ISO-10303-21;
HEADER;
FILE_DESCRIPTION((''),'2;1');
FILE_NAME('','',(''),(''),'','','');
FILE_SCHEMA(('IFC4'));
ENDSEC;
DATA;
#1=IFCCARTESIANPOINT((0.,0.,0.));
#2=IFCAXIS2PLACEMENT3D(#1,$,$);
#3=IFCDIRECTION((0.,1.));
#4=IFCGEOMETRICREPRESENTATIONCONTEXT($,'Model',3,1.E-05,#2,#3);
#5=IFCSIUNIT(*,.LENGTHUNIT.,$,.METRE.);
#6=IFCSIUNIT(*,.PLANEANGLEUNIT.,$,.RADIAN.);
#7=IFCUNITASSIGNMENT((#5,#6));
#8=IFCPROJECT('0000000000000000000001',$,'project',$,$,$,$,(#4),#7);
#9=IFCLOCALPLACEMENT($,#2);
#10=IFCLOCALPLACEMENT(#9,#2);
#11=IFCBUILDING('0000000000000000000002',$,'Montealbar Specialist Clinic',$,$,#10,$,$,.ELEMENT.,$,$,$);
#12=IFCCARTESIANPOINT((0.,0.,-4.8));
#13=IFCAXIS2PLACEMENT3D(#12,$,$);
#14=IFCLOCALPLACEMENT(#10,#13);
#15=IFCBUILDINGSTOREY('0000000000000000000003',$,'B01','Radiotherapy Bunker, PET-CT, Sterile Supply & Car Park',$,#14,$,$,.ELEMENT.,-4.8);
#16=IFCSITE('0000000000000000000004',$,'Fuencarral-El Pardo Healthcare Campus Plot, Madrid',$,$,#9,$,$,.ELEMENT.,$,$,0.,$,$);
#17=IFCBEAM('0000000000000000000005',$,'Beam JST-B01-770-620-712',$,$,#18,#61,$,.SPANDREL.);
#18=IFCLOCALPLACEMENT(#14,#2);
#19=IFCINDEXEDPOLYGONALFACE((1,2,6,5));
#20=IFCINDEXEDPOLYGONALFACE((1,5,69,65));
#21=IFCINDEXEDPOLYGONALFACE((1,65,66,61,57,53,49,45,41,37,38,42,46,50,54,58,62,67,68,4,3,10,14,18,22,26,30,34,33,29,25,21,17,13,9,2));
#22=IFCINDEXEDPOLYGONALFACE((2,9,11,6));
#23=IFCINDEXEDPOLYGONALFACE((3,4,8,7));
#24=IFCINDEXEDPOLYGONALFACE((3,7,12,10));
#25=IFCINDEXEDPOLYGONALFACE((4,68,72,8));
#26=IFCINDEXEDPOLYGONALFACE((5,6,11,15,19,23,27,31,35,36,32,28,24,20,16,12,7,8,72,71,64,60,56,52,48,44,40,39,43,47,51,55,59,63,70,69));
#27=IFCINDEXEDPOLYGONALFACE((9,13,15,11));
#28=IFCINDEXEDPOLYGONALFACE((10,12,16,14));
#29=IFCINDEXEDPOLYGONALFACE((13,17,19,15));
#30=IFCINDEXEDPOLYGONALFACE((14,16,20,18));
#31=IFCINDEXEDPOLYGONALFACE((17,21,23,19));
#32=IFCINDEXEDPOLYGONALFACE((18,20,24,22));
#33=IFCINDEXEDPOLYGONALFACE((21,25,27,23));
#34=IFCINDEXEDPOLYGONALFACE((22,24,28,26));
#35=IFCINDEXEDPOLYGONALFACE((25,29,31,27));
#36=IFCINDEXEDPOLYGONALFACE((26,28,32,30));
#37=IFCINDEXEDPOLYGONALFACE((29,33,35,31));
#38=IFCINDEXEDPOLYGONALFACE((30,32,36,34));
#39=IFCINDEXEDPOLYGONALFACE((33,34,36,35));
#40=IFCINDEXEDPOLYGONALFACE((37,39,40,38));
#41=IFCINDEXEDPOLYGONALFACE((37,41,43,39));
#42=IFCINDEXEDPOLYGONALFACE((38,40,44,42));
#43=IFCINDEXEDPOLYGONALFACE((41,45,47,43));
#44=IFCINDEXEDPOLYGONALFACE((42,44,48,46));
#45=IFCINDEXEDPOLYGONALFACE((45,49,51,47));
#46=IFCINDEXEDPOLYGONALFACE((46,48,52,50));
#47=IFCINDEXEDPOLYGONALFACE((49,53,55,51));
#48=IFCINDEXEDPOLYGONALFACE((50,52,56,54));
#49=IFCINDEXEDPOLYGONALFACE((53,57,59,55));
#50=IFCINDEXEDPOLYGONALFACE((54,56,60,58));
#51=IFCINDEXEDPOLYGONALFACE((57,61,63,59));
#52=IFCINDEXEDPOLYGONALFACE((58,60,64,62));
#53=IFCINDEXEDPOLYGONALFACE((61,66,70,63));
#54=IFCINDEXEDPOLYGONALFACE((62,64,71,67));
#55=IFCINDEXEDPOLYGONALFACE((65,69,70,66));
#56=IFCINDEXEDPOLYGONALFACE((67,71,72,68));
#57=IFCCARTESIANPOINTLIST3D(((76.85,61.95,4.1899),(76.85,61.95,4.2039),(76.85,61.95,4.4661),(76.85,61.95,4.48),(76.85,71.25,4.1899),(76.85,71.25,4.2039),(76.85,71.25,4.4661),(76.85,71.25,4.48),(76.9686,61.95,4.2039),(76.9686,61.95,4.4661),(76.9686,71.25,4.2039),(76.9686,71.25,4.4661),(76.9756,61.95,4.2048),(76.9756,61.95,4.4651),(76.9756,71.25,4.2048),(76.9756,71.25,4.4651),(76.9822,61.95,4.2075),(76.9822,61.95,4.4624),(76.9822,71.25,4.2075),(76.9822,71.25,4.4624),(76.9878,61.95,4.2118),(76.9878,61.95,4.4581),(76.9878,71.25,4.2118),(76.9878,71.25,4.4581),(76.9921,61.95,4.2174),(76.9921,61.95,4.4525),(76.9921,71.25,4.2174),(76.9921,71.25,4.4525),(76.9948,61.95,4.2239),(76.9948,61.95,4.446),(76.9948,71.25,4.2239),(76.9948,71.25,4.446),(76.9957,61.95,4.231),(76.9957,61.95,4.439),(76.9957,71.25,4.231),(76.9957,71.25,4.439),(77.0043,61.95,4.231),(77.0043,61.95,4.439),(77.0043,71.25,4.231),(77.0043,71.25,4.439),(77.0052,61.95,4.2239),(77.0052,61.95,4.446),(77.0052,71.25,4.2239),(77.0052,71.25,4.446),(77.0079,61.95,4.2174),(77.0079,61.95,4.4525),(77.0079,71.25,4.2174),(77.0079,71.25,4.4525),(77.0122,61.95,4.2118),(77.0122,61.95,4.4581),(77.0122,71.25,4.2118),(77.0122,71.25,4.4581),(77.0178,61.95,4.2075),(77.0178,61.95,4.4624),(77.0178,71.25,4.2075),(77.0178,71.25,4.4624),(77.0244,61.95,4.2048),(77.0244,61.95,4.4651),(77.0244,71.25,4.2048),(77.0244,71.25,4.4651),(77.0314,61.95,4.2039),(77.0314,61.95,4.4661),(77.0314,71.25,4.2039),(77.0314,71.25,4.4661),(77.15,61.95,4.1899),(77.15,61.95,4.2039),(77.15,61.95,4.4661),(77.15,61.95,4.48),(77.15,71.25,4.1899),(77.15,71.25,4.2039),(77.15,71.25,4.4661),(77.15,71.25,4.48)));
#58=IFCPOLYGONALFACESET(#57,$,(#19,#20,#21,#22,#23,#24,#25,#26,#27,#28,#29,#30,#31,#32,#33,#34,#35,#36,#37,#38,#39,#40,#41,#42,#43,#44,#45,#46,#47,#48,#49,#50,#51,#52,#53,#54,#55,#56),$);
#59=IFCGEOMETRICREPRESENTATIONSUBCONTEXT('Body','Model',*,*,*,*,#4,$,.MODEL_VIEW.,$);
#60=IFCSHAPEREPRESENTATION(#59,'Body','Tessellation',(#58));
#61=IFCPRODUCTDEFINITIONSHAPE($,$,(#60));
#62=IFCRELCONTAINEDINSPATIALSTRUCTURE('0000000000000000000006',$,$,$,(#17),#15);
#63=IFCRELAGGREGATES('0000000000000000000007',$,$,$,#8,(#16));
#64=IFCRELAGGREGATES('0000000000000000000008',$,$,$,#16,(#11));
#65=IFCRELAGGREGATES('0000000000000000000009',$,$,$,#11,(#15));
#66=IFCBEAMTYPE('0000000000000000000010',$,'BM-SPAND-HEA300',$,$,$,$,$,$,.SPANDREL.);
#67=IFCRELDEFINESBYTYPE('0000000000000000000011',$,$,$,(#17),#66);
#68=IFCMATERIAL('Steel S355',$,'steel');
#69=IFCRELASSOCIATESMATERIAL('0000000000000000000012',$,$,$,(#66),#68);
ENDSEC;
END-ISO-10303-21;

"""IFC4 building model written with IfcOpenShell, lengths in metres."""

from ifc_helpers import new_model, si_unit, direction, frame, origin, origin_2d, place, context, subcontext, project, spatial, i_section, extrude, material, material_profile, profile_set, type_object, element, save


model = new_model("IFC4")

# Units and contexts
model_context = context("Model", 3, precision=1e-05, world=origin(), true_north=direction((0.0, 1.0)))
body_context = subcontext(model_context, "Body", "Model", "MODEL_VIEW")
ifc_project = project(units=[si_unit("LENGTHUNIT", "METRE"), si_unit("PLANEANGLEUNIT", "RADIAN")], contexts=[model_context])

# Site, building, storey
site_placement = place(None, origin())
site = spatial("IfcSite", under=ifc_project, at=site_placement, Name="Fuencarral-El Pardo Healthcare Campus Plot, Madrid", CompositionType="ELEMENT", RefElevation=0.0)
building_placement = place(site_placement, origin())
building = spatial("IfcBuilding", under=site, at=building_placement, Name="Montealbar Specialist Clinic", CompositionType="ELEMENT")
storey_placement = place(building_placement, frame((0.0, 0.0, -4.8)))
storey = spatial("IfcBuildingStorey", under=building, at=storey_placement, Name="B01", Description="Radiotherapy Bunker, PET-CT, Sterile Supply & Car Park", CompositionType="ELEMENT", Elevation=-4.8)

# Shared definitions
ifc_material_1 = material(Name="Steel S355", Category="steel")

# Beam
ifc_material_profile_1 = material_profile(ifc_material_1, i_section(OverallWidth=0.3, OverallDepth=0.29, WebThickness=0.0085, FlangeThickness=0.0139, FilletRadius=0.0271, at=origin_2d()), Name="HEA 300", Category="steel")
ifc_profile_set_1 = profile_set([ifc_material_profile_1], Name="Steel S355")
beam_type_1 = type_object("IfcBeamType", Name="BM-SPAND-HEA300", PredefinedType="SPANDREL", material=ifc_profile_set_1)
beam_1_placement = place(storey_placement, frame((77.0, 61.95, 4.335), z_axis=(0.0, 1.0, 0.0), x_axis=(-1.0, 0.0, 0.0)))
element("IfcBeam", 1, at=beam_1_placement, inside=storey, type_object=beam_type_1, Name="Beam JST-B01-770-620-712", PredefinedType="SPANDREL", context=body_context, shape_type="SweptSolid", body=[
    extrude(i_section(OverallWidth=0.3, OverallDepth=0.29, WebThickness=0.0085, FlangeThickness=0.0139, FilletRadius=0.0271, at=origin_2d()), origin(), (0.0, 0.0, 1.0), 9.3),
])

save(model, "model.ifc")
